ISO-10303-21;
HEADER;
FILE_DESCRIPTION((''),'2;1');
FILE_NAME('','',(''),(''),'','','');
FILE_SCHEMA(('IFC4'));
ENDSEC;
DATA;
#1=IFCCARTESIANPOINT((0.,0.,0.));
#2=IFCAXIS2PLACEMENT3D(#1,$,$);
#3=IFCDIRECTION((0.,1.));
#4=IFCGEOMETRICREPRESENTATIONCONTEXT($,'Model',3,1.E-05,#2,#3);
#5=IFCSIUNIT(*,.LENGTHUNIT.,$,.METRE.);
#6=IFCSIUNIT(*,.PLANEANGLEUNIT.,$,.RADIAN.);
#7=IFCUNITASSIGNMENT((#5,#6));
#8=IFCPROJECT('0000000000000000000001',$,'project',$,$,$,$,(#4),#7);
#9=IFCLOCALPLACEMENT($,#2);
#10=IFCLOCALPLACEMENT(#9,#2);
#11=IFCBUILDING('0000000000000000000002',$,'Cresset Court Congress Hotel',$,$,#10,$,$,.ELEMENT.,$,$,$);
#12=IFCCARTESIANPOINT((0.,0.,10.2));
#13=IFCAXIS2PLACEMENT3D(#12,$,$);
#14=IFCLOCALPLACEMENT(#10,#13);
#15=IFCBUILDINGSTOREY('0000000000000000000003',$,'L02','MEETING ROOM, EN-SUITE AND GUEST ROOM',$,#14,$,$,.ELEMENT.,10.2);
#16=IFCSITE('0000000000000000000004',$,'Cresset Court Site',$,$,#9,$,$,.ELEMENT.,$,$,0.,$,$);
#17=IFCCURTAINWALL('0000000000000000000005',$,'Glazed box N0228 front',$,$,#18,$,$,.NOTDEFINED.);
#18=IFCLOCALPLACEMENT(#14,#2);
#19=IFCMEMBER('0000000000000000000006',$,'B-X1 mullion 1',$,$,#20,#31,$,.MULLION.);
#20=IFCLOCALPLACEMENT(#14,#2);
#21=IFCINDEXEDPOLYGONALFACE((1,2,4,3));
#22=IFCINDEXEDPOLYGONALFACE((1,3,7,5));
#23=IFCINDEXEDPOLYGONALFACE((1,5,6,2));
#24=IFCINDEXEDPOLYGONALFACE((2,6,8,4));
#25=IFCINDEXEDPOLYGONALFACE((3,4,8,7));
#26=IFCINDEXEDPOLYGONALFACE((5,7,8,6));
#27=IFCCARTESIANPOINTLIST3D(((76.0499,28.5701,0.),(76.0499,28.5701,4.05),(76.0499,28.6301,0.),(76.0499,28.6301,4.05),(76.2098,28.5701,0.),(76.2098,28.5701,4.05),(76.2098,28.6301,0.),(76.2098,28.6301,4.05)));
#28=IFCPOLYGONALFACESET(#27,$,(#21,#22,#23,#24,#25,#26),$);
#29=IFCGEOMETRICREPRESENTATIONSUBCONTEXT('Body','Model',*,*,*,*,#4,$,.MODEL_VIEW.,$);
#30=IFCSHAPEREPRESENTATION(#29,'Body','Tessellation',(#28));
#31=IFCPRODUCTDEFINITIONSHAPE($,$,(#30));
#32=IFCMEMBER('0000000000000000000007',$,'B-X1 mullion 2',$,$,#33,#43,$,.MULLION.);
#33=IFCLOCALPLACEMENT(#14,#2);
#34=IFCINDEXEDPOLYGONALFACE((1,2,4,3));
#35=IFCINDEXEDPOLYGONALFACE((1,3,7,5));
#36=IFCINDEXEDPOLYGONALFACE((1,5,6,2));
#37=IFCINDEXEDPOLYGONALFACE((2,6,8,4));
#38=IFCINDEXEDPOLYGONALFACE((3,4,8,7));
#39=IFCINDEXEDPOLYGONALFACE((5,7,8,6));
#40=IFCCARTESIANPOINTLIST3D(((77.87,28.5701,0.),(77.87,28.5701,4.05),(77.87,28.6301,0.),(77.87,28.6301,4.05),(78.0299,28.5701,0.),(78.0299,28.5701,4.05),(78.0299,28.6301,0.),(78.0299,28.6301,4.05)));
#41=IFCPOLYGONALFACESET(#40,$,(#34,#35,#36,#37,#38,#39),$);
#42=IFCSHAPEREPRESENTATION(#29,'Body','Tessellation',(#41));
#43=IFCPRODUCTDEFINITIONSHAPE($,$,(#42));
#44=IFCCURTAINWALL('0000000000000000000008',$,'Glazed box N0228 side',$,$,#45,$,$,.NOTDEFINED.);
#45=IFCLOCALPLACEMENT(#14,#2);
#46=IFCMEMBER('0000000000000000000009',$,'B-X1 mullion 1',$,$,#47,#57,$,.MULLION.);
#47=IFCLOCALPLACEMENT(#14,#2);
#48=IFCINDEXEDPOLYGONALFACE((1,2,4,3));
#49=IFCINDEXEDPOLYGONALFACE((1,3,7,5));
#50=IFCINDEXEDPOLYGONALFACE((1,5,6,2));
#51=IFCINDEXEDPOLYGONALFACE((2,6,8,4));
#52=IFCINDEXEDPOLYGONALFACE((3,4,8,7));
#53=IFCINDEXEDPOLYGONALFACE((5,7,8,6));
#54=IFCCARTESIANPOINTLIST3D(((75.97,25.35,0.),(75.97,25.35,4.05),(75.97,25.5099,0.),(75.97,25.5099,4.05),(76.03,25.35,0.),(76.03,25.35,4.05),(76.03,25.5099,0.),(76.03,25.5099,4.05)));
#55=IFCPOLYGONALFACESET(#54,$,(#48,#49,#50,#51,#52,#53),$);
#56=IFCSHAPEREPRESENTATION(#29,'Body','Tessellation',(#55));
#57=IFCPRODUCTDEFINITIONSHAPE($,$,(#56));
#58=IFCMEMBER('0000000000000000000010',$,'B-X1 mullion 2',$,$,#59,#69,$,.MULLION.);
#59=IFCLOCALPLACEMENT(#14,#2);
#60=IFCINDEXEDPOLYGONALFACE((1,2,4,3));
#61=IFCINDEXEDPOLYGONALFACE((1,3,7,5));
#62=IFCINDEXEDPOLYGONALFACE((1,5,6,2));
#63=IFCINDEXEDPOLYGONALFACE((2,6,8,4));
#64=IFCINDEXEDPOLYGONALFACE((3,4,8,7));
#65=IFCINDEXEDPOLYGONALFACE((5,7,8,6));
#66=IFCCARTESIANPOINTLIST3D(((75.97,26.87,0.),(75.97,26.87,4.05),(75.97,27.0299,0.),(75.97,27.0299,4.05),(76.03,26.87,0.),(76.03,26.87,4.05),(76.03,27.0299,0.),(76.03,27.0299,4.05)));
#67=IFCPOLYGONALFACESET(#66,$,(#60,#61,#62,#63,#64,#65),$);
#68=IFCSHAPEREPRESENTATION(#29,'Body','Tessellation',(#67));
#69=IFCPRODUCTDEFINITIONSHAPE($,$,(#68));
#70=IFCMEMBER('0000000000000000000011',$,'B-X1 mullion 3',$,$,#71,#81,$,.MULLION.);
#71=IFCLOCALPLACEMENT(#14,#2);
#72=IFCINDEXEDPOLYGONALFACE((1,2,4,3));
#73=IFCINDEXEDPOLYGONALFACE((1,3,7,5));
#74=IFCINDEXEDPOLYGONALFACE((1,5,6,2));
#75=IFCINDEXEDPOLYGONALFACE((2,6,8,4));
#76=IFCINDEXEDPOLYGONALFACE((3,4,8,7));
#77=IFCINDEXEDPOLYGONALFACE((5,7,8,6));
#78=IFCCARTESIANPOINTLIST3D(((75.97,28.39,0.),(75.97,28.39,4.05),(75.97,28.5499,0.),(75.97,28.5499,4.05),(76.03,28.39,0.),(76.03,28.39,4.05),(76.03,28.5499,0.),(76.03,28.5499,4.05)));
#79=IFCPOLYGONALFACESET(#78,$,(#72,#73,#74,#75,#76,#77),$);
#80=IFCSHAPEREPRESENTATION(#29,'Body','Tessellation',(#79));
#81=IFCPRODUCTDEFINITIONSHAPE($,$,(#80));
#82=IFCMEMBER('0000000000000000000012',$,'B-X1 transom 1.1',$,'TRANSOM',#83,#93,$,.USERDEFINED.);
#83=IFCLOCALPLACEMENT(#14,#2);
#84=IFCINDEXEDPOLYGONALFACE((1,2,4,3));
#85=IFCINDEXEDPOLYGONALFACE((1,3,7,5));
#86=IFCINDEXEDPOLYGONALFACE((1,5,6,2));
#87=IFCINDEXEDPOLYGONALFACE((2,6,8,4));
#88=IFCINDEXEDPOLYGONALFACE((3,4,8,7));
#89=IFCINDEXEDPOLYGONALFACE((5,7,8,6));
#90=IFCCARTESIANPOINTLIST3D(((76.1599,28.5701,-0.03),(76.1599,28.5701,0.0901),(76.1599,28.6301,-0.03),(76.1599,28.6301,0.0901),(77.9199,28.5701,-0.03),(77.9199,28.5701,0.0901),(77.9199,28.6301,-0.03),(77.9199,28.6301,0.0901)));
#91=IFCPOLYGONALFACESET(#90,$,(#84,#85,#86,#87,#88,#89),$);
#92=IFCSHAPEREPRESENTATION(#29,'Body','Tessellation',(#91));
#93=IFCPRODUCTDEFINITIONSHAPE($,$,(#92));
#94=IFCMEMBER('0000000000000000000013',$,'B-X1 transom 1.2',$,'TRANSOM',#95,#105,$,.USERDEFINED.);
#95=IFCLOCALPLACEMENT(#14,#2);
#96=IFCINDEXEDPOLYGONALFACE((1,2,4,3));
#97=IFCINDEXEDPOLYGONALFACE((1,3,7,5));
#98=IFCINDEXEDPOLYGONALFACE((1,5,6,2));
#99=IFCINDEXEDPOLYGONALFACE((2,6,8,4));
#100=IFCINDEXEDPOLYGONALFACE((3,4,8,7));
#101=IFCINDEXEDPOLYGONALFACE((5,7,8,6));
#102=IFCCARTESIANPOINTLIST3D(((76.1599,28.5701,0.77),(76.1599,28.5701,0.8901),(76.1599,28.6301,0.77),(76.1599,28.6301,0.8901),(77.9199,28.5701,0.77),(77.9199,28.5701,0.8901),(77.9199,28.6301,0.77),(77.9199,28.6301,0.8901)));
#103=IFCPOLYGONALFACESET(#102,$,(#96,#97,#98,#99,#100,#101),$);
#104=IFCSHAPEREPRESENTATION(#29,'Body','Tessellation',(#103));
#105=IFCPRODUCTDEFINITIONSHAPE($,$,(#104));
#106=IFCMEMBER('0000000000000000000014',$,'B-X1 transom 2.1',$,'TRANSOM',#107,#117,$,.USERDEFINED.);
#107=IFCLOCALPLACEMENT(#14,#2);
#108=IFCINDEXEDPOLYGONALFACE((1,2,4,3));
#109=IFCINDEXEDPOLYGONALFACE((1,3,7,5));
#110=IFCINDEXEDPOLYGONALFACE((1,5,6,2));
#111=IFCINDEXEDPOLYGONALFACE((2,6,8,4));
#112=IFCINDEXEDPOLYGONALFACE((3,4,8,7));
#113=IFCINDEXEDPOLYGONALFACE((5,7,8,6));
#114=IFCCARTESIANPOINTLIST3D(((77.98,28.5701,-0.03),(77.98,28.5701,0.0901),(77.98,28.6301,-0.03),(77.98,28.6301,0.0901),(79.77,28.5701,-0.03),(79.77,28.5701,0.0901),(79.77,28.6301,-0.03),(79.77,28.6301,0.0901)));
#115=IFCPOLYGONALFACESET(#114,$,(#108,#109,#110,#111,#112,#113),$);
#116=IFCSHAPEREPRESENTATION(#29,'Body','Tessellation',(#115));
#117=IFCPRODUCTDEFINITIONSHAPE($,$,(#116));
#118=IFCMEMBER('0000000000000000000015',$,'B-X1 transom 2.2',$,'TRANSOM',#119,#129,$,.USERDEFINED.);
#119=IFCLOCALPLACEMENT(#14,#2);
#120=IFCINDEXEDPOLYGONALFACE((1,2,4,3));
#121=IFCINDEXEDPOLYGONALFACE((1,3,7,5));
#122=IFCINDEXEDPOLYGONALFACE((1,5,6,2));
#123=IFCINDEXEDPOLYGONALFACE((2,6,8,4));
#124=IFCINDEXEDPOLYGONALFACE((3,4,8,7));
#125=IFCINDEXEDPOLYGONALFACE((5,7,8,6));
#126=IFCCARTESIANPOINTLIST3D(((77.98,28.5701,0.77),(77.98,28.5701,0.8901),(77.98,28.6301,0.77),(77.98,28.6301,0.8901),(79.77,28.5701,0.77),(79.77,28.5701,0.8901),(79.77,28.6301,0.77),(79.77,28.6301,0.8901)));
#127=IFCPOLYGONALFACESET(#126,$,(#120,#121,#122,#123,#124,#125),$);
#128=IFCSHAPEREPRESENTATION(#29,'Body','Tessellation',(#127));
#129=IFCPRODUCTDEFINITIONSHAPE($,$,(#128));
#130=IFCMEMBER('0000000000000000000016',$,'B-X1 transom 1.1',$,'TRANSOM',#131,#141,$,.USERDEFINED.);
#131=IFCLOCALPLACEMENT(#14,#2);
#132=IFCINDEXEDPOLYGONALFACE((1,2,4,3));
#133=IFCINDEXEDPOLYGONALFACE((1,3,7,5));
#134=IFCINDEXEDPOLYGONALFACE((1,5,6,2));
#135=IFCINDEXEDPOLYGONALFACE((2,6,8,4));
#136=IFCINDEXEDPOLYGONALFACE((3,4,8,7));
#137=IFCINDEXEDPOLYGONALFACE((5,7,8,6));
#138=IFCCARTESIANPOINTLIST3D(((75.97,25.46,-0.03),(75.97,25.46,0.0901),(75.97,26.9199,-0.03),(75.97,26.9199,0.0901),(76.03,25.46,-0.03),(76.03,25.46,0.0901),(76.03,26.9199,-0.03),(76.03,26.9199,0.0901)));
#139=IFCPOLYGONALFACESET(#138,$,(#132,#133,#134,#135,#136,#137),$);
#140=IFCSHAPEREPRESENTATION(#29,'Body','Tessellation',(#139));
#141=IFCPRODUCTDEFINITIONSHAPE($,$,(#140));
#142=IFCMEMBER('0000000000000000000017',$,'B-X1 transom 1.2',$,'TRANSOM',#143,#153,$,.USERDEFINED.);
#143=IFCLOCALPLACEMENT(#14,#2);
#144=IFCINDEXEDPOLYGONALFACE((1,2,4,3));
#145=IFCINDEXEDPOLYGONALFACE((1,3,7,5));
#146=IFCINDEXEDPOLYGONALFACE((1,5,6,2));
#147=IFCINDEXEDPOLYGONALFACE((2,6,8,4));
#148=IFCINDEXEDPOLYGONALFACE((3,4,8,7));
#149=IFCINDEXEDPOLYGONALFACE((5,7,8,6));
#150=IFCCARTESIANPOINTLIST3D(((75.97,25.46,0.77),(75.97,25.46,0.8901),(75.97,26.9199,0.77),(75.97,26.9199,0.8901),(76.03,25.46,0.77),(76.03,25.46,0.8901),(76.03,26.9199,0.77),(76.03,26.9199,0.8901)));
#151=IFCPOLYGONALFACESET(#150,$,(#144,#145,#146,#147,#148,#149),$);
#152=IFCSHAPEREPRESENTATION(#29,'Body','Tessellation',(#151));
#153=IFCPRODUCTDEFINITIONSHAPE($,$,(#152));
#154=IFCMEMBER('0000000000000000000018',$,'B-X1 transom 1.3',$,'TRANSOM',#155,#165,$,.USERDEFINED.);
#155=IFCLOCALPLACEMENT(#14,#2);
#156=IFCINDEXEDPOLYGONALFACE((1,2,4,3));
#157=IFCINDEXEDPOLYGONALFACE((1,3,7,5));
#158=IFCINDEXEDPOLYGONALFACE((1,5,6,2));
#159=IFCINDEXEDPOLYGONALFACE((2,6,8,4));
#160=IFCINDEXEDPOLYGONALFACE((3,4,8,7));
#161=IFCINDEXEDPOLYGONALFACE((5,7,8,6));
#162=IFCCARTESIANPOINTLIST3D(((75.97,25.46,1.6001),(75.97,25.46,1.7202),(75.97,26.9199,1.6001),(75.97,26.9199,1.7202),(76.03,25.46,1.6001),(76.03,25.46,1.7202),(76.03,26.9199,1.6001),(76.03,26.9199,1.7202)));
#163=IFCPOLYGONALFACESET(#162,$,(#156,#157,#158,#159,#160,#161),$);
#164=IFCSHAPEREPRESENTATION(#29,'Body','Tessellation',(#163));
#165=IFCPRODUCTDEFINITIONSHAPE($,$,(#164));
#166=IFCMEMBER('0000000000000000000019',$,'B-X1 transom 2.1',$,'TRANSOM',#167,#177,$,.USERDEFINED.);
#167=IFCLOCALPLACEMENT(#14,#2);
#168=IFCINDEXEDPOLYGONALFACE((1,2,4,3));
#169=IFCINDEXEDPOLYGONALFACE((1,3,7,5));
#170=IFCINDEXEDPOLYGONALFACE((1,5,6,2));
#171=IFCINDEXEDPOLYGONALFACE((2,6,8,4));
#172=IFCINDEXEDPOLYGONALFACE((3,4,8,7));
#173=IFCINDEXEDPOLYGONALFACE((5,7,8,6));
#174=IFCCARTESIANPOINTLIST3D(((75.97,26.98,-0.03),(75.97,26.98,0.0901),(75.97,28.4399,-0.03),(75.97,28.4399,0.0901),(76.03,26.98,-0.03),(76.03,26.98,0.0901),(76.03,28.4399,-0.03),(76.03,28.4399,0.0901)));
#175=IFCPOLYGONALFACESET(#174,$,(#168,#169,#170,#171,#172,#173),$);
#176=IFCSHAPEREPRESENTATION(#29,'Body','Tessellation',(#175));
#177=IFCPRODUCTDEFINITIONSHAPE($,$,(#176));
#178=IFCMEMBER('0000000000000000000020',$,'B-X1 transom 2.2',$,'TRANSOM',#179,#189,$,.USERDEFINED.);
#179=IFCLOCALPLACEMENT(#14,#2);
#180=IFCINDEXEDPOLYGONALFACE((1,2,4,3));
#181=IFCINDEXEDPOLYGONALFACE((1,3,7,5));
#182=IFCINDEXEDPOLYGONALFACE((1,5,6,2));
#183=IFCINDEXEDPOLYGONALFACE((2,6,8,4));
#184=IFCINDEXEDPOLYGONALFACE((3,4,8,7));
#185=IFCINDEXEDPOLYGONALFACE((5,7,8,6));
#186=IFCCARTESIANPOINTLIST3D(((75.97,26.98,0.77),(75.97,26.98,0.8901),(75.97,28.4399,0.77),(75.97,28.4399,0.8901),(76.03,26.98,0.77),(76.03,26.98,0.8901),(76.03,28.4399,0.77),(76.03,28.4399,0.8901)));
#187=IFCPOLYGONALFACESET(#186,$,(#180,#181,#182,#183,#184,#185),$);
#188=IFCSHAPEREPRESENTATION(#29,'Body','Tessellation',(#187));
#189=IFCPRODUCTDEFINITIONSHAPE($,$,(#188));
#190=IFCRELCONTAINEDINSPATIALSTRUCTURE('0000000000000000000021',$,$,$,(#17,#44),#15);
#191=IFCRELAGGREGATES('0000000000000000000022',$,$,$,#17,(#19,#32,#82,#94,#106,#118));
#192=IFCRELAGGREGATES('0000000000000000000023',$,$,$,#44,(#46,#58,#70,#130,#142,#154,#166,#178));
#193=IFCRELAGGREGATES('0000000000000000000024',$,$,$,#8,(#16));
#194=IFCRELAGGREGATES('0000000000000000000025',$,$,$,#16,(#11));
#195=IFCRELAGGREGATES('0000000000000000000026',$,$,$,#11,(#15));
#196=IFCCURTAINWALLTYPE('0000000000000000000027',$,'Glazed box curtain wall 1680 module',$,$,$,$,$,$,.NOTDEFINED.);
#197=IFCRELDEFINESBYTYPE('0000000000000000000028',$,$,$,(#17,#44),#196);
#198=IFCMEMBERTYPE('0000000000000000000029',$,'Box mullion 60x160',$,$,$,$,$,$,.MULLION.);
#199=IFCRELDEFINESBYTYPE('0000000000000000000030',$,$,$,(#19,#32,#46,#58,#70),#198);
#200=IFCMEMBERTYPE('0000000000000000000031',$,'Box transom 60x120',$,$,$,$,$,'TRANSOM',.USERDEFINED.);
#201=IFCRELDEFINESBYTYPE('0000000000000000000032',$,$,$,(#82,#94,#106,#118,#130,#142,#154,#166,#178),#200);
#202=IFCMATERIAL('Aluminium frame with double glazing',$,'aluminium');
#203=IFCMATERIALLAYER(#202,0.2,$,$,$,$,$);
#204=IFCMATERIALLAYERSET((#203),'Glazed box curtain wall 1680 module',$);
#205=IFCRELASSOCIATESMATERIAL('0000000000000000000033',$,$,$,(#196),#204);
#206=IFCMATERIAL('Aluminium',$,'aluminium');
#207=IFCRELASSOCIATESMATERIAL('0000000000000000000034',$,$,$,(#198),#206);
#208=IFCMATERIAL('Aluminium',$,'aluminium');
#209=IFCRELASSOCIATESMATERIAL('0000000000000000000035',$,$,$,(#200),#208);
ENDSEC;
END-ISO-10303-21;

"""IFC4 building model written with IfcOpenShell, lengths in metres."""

from ifc_helpers import new_model, si_unit, direction, frame, origin, origin_2d, place, context, subcontext, project, spatial, rectangle, extrude, material, layer, layer_set, material_profile, profile_set, type_object, element, aggregate, save


model = new_model("IFC4")

# Units and contexts
model_context = context("Model", 3, precision=1e-05, world=origin(), true_north=direction((0.0, 1.0)))
body_context = subcontext(model_context, "Body", "Model", "MODEL_VIEW")
ifc_project = project(units=[si_unit("LENGTHUNIT", "METRE"), si_unit("PLANEANGLEUNIT", "RADIAN")], contexts=[model_context])

# Site, building, storey
site_placement = place(None, origin())
site = spatial("IfcSite", under=ifc_project, at=site_placement, Name="Cresset Court Site", CompositionType="ELEMENT", RefElevation=0.0)
building_placement = place(site_placement, origin())
building = spatial("IfcBuilding", under=site, at=building_placement, Name="Cresset Court Congress Hotel", CompositionType="ELEMENT")
storey_placement = place(building_placement, frame((0.0, 0.0, 10.2)))
storey = spatial("IfcBuildingStorey", under=building, at=storey_placement, Name="L02", Description="MEETING ROOM, EN-SUITE AND GUEST ROOM", CompositionType="ELEMENT", Elevation=10.2)

# Curtain walls, members
ifc_material_1 = material(Name="Aluminium frame with double glazing", Category="aluminium")
ifc_layer_1 = layer(ifc_material_1, 0.2)
ifc_layer_set_1 = layer_set([ifc_layer_1], Name="Glazed box curtain wall 1680 module")
curtain_wall_type = type_object("IfcCurtainWallType", Name="Glazed box curtain wall 1680 module", PredefinedType="NOTDEFINED", material=ifc_layer_set_1)
curtain_wall_1_placement = place(storey_placement, origin())
curtain_wall_1 = element("IfcCurtainWall", 1, at=curtain_wall_1_placement, inside=storey, type_object=curtain_wall_type, Name="Glazed box N0228 front", PredefinedType="NOTDEFINED")
ifc_material_2 = material(Name="Aluminium", Category="aluminium")
ifc_material_profile_1 = material_profile(ifc_material_2, rectangle(XDim=0.0601, YDim=0.1599, at=origin_2d()), Name="Box mullion 60x160")
ifc_profile_set_1 = profile_set([ifc_material_profile_1], Name="Aluminium")
member_type_1 = type_object("IfcMemberType", Name="Box mullion 60x160", PredefinedType="MULLION", material=ifc_profile_set_1)
member_1_placement = place(storey_placement, frame((76.1299, 28.6001, 0.0), z_axis=(0.0, 0.0, 1.0), x_axis=(0.0, 1.0, 0.0)))
member_1 = element("IfcMember", 2, at=member_1_placement, type_object=member_type_1, Name="B-X1 mullion 1", PredefinedType="MULLION", context=body_context, shape_type="SweptSolid", body=[
    extrude(rectangle(XDim=0.0601, YDim=0.1599, at=origin_2d()), origin(), (0.0, 0.0, 1.0), 4.05),
])
member_2_placement = place(storey_placement, frame((77.95, 28.6001, 0.0), z_axis=(0.0, 0.0, 1.0), x_axis=(0.0, 1.0, 0.0)))
member_2 = element("IfcMember", 3, at=member_2_placement, type_object=member_type_1, Name="B-X1 mullion 2", PredefinedType="MULLION", context=body_context, shape_type="SweptSolid", body=[
    extrude(rectangle(XDim=0.0601, YDim=0.1599, at=origin_2d()), origin(), (0.0, 0.0, 1.0), 4.05),
])
curtain_wall_2_placement = place(storey_placement, origin())
curtain_wall_2 = element("IfcCurtainWall", 4, at=curtain_wall_2_placement, inside=storey, type_object=curtain_wall_type, Name="Glazed box N0228 side", PredefinedType="NOTDEFINED")
member_3_placement = place(storey_placement, frame((76.0, 25.4299, 0.0), z_axis=(0.0, 0.0, 1.0), x_axis=(-1.0, 0.0, 0.0)))
member_3 = element("IfcMember", 5, at=member_3_placement, type_object=member_type_1, Name="B-X1 mullion 1", PredefinedType="MULLION", context=body_context, shape_type="SweptSolid", body=[
    extrude(rectangle(XDim=0.0601, YDim=0.1599, at=origin_2d()), origin(), (0.0, 0.0, 1.0), 4.05),
])
member_4_placement = place(storey_placement, frame((76.0, 26.95, 0.0), z_axis=(0.0, 0.0, 1.0), x_axis=(-1.0, 0.0, 0.0)))
member_4 = element("IfcMember", 6, at=member_4_placement, type_object=member_type_1, Name="B-X1 mullion 2", PredefinedType="MULLION", context=body_context, shape_type="SweptSolid", body=[
    extrude(rectangle(XDim=0.0601, YDim=0.1599, at=origin_2d()), origin(), (0.0, 0.0, 1.0), 4.05),
])
member_5_placement = place(storey_placement, frame((76.0, 28.47, 0.0), z_axis=(0.0, 0.0, 1.0), x_axis=(-1.0, 0.0, 0.0)))
member_5 = element("IfcMember", 7, at=member_5_placement, type_object=member_type_1, Name="B-X1 mullion 3", PredefinedType="MULLION", context=body_context, shape_type="SweptSolid", body=[
    extrude(rectangle(XDim=0.0601, YDim=0.1599, at=origin_2d()), origin(), (0.0, 0.0, 1.0), 4.05),
])

# Members
ifc_material_3 = material(Name="Aluminium", Category="aluminium")
ifc_material_profile_2 = material_profile(ifc_material_3, rectangle(XDim=0.0601, YDim=0.1201, at=origin_2d()), Name="Box transom 60x120")
ifc_profile_set_2 = profile_set([ifc_material_profile_2], Name="Aluminium")
member_type_2 = type_object("IfcMemberType", Name="Box transom 60x120", ElementType="TRANSOM", PredefinedType="USERDEFINED", material=ifc_profile_set_2)
member_6_placement = place(storey_placement, frame((76.1599, 28.6001, 0.03), z_axis=(1.0, 0.0, 0.0), x_axis=(0.0, 1.0, 0.0)))
member_6 = element("IfcMember", 8, at=member_6_placement, type_object=member_type_2, Name="B-X1 transom 1.1", ObjectType="TRANSOM", PredefinedType="USERDEFINED", context=body_context, shape_type="SweptSolid", body=[
    extrude(rectangle(XDim=0.0601, YDim=0.1201, at=origin_2d()), origin(), (0.0, 0.0, 1.0), 1.76),
])
member_7_placement = place(storey_placement, frame((76.1599, 28.6001, 0.8301), z_axis=(1.0, 0.0, 0.0), x_axis=(0.0, 1.0, 0.0)))
member_7 = element("IfcMember", 9, at=member_7_placement, type_object=member_type_2, Name="B-X1 transom 1.2", ObjectType="TRANSOM", PredefinedType="USERDEFINED", context=body_context, shape_type="SweptSolid", body=[
    extrude(rectangle(XDim=0.0601, YDim=0.1201, at=origin_2d()), origin(), (0.0, 0.0, 1.0), 1.76),
])
member_8_placement = place(storey_placement, frame((77.98, 28.6001, 0.03), z_axis=(1.0, 0.0, 0.0), x_axis=(0.0, 1.0, 0.0)))
member_8 = element("IfcMember", 10, at=member_8_placement, type_object=member_type_2, Name="B-X1 transom 2.1", ObjectType="TRANSOM", PredefinedType="USERDEFINED", context=body_context, shape_type="SweptSolid", body=[
    extrude(rectangle(XDim=0.0601, YDim=0.1201, at=origin_2d()), origin(), (0.0, 0.0, 1.0), 1.79),
])
member_9_placement = place(storey_placement, frame((77.98, 28.6001, 0.8301), z_axis=(1.0, 0.0, 0.0), x_axis=(0.0, 1.0, 0.0)))
member_9 = element("IfcMember", 11, at=member_9_placement, type_object=member_type_2, Name="B-X1 transom 2.2", ObjectType="TRANSOM", PredefinedType="USERDEFINED", context=body_context, shape_type="SweptSolid", body=[
    extrude(rectangle(XDim=0.0601, YDim=0.1201, at=origin_2d()), origin(), (0.0, 0.0, 1.0), 1.79),
])
member_10_placement = place(storey_placement, frame((76.0, 25.46, 0.03), z_axis=(0.0, 1.0, 0.0), x_axis=(-1.0, 0.0, 0.0)))
member_10 = element("IfcMember", 12, at=member_10_placement, type_object=member_type_2, Name="B-X1 transom 1.1", ObjectType="TRANSOM", PredefinedType="USERDEFINED", context=body_context, shape_type="SweptSolid", body=[
    extrude(rectangle(XDim=0.0601, YDim=0.1201, at=origin_2d()), origin(), (0.0, 0.0, 1.0), 1.46),
])
member_11_placement = place(storey_placement, frame((76.0, 25.46, 0.8301), z_axis=(0.0, 1.0, 0.0), x_axis=(-1.0, 0.0, 0.0)))
member_11 = element("IfcMember", 13, at=member_11_placement, type_object=member_type_2, Name="B-X1 transom 1.2", ObjectType="TRANSOM", PredefinedType="USERDEFINED", context=body_context, shape_type="SweptSolid", body=[
    extrude(rectangle(XDim=0.0601, YDim=0.1201, at=origin_2d()), origin(), (0.0, 0.0, 1.0), 1.46),
])
member_12_placement = place(storey_placement, frame((76.0, 25.46, 1.6602), z_axis=(0.0, 1.0, 0.0), x_axis=(-1.0, 0.0, 0.0)))
member_12 = element("IfcMember", 14, at=member_12_placement, type_object=member_type_2, Name="B-X1 transom 1.3", ObjectType="TRANSOM", PredefinedType="USERDEFINED", context=body_context, shape_type="SweptSolid", body=[
    extrude(rectangle(XDim=0.0601, YDim=0.1201, at=origin_2d()), origin(), (0.0, 0.0, 1.0), 1.46),
])
member_13_placement = place(storey_placement, frame((76.0, 26.98, 0.03), z_axis=(0.0, 1.0, 0.0), x_axis=(-1.0, 0.0, 0.0)))
member_13 = element("IfcMember", 15, at=member_13_placement, type_object=member_type_2, Name="B-X1 transom 2.1", ObjectType="TRANSOM", PredefinedType="USERDEFINED", context=body_context, shape_type="SweptSolid", body=[
    extrude(rectangle(XDim=0.0601, YDim=0.1201, at=origin_2d()), origin(), (0.0, 0.0, 1.0), 1.46),
])
member_14_placement = place(storey_placement, frame((76.0, 26.98, 0.8301), z_axis=(0.0, 1.0, 0.0), x_axis=(-1.0, 0.0, 0.0)))
member_14 = element("IfcMember", 16, at=member_14_placement, type_object=member_type_2, Name="B-X1 transom 2.2", ObjectType="TRANSOM", PredefinedType="USERDEFINED", context=body_context, shape_type="SweptSolid", body=[
    extrude(rectangle(XDim=0.0601, YDim=0.1201, at=origin_2d()), origin(), (0.0, 0.0, 1.0), 1.46),
])

aggregate(curtain_wall_1, [member_1, member_2, member_6, member_7, member_8, member_9])
aggregate(curtain_wall_2, [member_3, member_4, member_5, member_10, member_11, member_12, member_13, member_14])

save(model, "model.ifc")
